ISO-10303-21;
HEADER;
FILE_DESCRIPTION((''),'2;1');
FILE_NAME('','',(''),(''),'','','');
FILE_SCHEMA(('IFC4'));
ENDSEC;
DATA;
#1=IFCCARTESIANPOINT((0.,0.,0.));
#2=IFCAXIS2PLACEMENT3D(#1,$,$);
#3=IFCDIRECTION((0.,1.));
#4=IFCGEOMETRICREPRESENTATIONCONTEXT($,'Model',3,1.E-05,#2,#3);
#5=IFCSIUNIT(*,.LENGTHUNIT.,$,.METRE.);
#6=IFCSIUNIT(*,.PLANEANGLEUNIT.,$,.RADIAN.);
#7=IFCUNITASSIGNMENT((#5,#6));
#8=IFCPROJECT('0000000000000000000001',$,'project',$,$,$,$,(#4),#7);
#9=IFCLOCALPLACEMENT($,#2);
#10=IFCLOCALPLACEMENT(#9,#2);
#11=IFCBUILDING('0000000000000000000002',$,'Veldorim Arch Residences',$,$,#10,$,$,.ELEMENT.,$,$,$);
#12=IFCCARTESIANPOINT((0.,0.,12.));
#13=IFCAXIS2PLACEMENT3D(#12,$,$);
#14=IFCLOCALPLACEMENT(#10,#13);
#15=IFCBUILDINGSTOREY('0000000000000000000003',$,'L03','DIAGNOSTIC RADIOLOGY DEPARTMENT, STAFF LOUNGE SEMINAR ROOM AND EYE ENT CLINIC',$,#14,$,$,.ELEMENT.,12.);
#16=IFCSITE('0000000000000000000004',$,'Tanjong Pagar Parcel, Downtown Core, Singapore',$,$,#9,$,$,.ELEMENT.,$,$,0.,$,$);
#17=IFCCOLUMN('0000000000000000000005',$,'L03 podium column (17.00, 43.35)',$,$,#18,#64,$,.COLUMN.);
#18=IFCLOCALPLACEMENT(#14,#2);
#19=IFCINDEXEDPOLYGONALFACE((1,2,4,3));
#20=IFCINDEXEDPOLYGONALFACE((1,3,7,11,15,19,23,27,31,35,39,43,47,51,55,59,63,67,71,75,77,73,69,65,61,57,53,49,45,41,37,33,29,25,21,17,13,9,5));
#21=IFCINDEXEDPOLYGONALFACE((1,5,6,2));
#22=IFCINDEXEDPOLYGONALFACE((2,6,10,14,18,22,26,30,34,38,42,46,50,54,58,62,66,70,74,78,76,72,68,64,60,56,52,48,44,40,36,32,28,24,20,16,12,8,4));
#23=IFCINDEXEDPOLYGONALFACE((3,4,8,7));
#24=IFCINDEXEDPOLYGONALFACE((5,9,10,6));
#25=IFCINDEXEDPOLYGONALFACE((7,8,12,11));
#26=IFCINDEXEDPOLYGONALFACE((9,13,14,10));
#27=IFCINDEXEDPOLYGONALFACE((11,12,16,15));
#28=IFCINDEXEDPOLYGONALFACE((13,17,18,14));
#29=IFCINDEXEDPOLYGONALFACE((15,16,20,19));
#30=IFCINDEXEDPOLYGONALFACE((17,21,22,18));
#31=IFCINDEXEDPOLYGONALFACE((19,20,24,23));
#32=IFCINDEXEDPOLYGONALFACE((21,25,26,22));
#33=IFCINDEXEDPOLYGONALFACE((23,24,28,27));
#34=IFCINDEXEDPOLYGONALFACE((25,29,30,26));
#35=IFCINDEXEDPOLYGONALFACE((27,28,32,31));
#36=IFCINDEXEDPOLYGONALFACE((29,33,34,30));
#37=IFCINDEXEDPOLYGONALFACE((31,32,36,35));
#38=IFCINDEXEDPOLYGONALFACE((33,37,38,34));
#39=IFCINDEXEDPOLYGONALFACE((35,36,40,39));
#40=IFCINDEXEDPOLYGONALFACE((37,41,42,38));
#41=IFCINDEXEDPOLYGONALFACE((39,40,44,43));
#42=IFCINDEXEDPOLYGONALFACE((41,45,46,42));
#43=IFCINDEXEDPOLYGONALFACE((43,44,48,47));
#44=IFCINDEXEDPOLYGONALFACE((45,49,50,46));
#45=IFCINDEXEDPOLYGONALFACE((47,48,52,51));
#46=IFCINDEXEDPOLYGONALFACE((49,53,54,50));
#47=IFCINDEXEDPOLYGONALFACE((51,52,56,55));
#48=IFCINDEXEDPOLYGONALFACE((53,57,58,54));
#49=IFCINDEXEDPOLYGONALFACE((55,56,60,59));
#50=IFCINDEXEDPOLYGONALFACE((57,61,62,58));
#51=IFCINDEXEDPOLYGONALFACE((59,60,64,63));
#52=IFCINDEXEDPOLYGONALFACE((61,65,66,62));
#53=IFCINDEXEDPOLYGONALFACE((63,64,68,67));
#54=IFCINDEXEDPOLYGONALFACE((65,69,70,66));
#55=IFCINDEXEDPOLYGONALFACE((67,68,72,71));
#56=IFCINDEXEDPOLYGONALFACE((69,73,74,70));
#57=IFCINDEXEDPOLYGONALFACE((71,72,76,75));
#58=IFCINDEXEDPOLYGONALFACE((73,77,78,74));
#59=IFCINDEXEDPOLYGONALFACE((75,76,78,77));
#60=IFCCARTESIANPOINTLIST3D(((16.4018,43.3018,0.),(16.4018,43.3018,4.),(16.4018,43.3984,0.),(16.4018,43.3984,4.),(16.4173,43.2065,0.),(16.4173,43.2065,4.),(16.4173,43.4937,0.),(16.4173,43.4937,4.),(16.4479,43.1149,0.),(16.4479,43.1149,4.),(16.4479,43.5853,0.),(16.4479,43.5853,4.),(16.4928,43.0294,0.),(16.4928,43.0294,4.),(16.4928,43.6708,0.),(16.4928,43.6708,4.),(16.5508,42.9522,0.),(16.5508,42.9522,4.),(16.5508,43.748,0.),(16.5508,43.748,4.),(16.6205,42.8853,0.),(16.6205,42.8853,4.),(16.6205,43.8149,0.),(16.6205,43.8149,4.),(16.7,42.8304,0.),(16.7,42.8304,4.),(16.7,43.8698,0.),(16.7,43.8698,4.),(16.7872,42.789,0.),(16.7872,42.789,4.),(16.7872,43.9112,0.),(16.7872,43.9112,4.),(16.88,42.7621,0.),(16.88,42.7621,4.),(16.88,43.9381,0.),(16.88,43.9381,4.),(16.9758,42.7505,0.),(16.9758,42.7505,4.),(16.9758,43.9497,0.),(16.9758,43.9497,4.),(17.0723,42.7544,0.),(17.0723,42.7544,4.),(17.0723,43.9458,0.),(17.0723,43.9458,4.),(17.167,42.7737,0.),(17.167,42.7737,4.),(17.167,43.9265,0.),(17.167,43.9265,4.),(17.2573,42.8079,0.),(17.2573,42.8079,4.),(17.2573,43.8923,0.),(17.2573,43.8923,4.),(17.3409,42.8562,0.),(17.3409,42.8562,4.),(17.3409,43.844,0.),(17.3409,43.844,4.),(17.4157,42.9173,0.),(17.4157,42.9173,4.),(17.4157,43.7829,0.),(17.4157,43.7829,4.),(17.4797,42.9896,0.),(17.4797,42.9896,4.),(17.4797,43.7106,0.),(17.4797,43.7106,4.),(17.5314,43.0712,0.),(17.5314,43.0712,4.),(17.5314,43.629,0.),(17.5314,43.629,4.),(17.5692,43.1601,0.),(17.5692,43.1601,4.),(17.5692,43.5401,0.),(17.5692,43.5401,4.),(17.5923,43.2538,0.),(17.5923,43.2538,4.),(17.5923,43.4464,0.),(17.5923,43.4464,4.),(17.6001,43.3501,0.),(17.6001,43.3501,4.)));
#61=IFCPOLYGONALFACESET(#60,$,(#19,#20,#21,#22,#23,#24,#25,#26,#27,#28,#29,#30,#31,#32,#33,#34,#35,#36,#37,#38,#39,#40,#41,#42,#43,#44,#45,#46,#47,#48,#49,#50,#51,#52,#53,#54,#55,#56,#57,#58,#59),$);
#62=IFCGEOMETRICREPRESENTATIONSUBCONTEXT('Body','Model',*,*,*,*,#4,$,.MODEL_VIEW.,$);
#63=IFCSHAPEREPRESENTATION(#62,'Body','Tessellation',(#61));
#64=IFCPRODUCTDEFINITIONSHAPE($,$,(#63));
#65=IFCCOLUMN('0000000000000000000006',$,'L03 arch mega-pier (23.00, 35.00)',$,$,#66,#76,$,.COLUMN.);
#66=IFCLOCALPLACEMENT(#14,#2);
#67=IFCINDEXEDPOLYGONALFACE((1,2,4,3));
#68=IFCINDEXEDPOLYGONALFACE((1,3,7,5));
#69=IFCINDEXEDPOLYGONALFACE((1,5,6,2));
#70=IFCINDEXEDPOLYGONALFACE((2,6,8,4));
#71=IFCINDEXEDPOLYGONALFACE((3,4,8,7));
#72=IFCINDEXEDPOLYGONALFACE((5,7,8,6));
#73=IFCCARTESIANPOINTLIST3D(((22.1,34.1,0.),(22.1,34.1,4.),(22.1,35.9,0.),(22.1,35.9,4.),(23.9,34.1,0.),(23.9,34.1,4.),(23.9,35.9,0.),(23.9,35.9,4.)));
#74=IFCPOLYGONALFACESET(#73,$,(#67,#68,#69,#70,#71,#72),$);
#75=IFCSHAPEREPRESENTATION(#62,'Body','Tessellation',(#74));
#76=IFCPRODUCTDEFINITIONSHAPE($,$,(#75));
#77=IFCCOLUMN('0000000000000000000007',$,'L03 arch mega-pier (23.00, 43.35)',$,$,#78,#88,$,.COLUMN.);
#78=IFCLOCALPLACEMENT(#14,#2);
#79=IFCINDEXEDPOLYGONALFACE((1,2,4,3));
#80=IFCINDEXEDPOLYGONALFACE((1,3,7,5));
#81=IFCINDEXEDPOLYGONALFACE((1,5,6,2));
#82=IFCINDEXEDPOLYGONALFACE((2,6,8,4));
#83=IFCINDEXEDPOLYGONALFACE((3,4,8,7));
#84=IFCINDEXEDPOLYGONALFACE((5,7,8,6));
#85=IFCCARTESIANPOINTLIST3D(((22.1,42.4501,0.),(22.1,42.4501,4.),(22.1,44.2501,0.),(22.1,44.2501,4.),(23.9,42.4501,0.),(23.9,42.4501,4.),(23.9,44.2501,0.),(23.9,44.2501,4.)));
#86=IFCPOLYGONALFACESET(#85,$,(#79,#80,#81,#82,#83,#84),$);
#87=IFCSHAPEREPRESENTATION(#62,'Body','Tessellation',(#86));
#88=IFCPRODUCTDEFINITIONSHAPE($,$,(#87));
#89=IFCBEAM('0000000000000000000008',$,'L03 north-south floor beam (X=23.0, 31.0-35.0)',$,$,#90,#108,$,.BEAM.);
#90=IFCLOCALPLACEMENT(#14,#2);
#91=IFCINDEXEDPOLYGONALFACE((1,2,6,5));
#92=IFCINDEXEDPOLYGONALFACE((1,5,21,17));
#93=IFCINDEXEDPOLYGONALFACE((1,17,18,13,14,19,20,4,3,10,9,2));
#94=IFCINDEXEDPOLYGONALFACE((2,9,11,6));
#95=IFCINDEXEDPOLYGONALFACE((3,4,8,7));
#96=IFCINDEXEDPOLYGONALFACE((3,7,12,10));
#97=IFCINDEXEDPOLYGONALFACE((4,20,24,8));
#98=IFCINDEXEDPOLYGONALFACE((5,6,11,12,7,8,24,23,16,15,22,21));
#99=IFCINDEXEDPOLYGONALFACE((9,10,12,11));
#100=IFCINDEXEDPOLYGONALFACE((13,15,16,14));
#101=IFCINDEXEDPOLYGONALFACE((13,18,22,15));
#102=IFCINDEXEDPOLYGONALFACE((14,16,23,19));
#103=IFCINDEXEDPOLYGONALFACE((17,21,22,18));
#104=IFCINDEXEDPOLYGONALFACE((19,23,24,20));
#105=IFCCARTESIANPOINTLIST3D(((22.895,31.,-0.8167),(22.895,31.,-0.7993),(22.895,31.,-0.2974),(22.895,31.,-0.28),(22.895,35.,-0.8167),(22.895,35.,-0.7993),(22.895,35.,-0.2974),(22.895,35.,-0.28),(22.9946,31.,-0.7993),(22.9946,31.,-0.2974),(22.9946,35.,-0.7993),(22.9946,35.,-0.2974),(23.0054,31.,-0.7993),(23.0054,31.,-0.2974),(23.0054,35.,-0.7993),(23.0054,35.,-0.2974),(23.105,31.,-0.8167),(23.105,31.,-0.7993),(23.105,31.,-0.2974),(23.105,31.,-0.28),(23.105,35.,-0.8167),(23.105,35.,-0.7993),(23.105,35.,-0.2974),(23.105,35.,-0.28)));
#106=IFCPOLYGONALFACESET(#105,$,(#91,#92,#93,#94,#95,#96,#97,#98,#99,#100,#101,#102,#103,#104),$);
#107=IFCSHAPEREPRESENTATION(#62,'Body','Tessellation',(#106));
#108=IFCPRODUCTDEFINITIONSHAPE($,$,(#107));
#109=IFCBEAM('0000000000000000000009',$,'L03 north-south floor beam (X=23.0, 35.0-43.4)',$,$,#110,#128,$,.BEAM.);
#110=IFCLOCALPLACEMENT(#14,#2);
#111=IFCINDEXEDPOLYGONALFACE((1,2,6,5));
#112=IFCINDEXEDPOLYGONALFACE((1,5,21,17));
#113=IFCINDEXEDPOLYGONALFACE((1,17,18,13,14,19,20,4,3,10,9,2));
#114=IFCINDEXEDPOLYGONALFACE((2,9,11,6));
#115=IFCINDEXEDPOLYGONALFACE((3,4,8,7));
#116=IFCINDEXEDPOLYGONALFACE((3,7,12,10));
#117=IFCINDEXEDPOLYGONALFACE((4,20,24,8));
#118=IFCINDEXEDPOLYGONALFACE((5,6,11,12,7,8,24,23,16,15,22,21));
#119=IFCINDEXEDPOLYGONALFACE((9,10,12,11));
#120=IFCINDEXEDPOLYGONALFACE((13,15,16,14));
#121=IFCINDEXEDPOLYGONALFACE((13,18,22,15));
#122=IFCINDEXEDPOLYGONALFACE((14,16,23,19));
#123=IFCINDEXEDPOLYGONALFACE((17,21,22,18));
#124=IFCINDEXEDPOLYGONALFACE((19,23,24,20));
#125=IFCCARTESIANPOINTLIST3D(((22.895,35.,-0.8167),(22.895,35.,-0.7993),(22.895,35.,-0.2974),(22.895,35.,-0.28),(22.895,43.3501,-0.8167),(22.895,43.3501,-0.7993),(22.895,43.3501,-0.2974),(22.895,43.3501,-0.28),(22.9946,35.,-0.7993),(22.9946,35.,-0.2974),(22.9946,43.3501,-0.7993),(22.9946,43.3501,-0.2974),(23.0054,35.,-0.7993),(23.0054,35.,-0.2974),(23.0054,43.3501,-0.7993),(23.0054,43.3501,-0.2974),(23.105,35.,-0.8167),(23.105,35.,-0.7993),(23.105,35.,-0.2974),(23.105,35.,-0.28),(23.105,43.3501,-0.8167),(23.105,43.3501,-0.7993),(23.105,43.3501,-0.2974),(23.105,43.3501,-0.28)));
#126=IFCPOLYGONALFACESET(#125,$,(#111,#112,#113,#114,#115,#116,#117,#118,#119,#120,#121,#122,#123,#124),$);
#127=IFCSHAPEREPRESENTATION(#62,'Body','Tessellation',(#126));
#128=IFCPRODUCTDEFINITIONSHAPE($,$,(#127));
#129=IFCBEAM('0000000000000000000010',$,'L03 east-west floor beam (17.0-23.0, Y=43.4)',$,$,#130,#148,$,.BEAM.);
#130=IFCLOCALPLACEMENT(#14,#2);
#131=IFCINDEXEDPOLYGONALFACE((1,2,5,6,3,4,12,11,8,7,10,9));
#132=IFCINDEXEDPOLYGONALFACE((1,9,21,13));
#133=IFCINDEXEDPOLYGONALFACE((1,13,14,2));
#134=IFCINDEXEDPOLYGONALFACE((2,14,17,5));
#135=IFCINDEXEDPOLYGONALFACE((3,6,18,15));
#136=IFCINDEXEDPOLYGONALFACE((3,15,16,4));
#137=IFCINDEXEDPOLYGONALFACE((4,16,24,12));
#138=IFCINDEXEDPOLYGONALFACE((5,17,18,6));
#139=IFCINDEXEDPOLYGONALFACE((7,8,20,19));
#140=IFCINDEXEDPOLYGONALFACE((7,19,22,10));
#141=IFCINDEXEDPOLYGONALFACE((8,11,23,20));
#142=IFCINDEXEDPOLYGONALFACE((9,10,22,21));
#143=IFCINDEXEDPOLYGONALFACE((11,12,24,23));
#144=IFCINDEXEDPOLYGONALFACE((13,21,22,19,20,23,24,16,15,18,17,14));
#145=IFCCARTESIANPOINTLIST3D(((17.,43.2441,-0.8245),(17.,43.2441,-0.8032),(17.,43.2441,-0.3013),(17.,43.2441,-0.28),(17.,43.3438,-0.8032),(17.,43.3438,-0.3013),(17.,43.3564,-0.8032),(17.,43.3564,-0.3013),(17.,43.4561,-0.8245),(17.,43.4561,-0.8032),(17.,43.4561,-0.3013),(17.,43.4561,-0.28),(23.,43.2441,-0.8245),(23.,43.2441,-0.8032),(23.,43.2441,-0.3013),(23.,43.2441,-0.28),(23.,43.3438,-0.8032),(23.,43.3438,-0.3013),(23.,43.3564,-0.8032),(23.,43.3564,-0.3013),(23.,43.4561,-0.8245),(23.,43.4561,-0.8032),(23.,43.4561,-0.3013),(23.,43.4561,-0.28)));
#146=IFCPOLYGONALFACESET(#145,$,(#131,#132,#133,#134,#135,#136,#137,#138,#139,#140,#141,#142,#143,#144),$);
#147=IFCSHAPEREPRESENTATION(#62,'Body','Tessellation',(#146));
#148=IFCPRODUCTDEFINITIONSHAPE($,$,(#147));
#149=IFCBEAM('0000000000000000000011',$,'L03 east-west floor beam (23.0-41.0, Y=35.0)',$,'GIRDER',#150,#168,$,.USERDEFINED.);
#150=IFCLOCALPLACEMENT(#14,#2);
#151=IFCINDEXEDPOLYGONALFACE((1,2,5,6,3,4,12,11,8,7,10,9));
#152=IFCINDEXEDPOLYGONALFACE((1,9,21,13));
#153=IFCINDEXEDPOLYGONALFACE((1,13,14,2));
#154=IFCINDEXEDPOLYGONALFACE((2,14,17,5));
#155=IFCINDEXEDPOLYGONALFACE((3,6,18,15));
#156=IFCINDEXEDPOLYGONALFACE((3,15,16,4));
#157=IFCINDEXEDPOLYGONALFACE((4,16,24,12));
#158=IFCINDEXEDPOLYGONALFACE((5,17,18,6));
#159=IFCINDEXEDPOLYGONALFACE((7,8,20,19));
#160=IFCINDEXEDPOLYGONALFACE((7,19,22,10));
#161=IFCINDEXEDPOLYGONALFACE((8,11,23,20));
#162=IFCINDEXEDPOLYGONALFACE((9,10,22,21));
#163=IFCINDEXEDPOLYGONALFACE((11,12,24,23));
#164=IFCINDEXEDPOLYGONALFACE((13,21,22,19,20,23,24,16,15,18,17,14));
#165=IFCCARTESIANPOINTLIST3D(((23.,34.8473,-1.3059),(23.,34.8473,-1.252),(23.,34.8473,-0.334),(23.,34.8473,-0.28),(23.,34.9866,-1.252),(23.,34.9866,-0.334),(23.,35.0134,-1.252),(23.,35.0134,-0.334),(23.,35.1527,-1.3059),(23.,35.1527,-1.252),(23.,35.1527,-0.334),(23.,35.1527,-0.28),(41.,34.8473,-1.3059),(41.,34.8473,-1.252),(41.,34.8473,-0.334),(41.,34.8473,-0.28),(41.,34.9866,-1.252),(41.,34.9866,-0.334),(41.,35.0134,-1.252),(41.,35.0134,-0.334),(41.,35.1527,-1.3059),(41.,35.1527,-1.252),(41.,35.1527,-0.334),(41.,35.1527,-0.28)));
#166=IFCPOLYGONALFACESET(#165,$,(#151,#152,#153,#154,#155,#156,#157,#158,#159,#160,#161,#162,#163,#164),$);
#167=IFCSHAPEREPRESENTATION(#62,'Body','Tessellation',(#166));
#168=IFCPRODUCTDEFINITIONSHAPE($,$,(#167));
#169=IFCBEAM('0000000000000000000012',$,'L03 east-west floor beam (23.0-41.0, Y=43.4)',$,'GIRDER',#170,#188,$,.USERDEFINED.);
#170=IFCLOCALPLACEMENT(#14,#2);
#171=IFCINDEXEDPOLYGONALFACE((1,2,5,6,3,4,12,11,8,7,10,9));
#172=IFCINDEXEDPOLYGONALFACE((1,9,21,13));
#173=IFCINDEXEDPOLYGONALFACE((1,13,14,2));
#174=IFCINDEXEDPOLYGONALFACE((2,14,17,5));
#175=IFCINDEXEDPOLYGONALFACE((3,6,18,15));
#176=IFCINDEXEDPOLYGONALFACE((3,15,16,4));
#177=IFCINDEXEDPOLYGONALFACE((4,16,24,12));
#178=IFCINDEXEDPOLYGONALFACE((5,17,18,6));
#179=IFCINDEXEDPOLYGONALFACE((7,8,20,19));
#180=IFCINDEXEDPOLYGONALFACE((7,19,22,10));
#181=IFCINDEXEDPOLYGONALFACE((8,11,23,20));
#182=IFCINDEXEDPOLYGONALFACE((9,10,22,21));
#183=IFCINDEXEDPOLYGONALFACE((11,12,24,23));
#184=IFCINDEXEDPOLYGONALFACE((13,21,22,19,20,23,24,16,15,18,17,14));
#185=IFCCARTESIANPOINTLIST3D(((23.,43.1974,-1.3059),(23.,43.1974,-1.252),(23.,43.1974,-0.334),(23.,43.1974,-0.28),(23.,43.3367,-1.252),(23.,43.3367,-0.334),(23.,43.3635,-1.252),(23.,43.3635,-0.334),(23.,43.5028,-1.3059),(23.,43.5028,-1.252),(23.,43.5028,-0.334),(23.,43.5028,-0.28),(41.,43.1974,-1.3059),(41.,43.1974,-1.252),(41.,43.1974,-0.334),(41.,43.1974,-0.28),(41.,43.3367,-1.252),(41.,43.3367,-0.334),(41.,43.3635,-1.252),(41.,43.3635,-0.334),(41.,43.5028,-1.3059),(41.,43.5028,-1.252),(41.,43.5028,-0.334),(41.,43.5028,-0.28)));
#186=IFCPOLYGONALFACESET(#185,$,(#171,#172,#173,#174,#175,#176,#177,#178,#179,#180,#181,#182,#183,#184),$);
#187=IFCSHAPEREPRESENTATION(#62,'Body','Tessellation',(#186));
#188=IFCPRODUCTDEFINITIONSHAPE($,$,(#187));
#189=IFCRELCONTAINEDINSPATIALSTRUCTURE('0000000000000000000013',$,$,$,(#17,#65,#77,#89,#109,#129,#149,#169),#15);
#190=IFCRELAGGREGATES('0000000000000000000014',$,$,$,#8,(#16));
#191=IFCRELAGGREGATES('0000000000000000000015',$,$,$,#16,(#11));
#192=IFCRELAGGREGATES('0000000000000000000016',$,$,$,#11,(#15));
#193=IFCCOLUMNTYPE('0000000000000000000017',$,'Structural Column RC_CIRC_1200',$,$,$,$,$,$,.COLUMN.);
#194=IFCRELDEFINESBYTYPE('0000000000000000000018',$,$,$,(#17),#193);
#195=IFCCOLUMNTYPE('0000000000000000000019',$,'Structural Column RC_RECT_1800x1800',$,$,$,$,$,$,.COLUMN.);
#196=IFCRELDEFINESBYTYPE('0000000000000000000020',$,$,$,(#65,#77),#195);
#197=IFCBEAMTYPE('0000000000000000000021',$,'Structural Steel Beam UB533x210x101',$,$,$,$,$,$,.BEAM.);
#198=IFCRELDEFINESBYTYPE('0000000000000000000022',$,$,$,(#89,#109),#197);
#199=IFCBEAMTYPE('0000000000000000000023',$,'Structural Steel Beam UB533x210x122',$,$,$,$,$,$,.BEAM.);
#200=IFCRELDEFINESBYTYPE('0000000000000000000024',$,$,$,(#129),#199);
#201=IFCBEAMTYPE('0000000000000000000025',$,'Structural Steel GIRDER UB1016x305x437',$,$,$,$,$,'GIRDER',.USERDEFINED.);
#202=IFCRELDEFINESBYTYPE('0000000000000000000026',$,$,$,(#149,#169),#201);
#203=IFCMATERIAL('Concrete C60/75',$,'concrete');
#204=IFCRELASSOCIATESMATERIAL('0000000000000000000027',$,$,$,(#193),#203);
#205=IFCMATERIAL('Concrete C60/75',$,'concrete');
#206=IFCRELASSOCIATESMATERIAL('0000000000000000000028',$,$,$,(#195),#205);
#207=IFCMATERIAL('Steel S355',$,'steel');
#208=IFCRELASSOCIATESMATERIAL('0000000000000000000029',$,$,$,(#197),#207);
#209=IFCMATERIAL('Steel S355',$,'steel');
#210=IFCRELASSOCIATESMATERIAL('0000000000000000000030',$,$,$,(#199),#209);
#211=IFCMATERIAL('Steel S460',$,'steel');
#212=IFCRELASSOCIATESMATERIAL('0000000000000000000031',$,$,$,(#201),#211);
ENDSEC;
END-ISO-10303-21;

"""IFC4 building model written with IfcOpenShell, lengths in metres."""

from ifc_helpers import new_model, si_unit, direction, frame, origin, origin_2d, place, context, subcontext, project, spatial, rectangle, circle, i_section, extrude, material, material_profile, profile_set, type_object, element, save


model = new_model("IFC4")

# Units and contexts
model_context = context("Model", 3, precision=1e-05, world=origin(), true_north=direction((0.0, 1.0)))
body_context = subcontext(model_context, "Body", "Model", "MODEL_VIEW")
ifc_project = project(units=[si_unit("LENGTHUNIT", "METRE"), si_unit("PLANEANGLEUNIT", "RADIAN")], contexts=[model_context])

# Site, building, storey
site_placement = place(None, origin())
site = spatial("IfcSite", under=ifc_project, at=site_placement, Name="Tanjong Pagar Parcel, Downtown Core, Singapore", CompositionType="ELEMENT", RefElevation=0.0)
building_placement = place(site_placement, origin())
building = spatial("IfcBuilding", under=site, at=building_placement, Name="Veldorim Arch Residences", CompositionType="ELEMENT")
storey_placement = place(building_placement, frame((0.0, 0.0, 12.0)))
storey = spatial("IfcBuildingStorey", under=building, at=storey_placement, Name="L03", Description="DIAGNOSTIC RADIOLOGY DEPARTMENT, STAFF LOUNGE SEMINAR ROOM AND EYE ENT CLINIC", CompositionType="ELEMENT", Elevation=12.0)

# Columns
ifc_material_1 = material(Name="Concrete C60/75", Category="concrete")
ifc_material_profile_1 = material_profile(ifc_material_1, circle(Radius=0.6001, at=origin_2d()), Name="RC_CIRC_1200")
ifc_profile_set_1 = profile_set([ifc_material_profile_1], Name="Concrete C60/75")
column_type_1 = type_object("IfcColumnType", Name="Structural Column RC_CIRC_1200", PredefinedType="COLUMN", material=ifc_profile_set_1)
column_placement = place(storey_placement, frame((17.0, 43.3501, 0.0), z_axis=(0.0, 0.0, 1.0), x_axis=(1.0, 0.0, 0.0)))
element("IfcColumn", 1, at=column_placement, inside=storey, type_object=column_type_1, Name="L03 podium column (17.00, 43.35)", PredefinedType="COLUMN", context=body_context, shape_type="SweptSolid", body=[
    extrude(circle(Radius=0.6001, at=origin_2d()), origin(), (0.0, 0.0, 1.0), 4.0),
])
ifc_material_2 = material(Name="Concrete C60/75", Category="concrete")
ifc_material_profile_2 = material_profile(ifc_material_2, rectangle(XDim=1.8, YDim=1.8, at=origin_2d()), Name="RC_RECT_1800x1800")
ifc_profile_set_2 = profile_set([ifc_material_profile_2], Name="Concrete C60/75")
column_type_2 = type_object("IfcColumnType", Name="Structural Column RC_RECT_1800x1800", PredefinedType="COLUMN", material=ifc_profile_set_2)
for number, where, z_axis, x_axis, name in (
    (2, (23.0, 35.0, 0.0), (0.0, 0.0, 1.0), (1.0, 0.0, 0.0), "L03 arch mega-pier (23.00, 35.00)"),
    (3, (23.0, 43.3501, 0.0), (0.0, 0.0, 1.0), (1.0, 0.0, 0.0), "L03 arch mega-pier (23.00, 43.35)"),
):
    element("IfcColumn", number, at=place(storey_placement, frame(where, z_axis=z_axis, x_axis=x_axis)), inside=storey, type_object=column_type_2, Name=name, PredefinedType="COLUMN", context=body_context, shape_type="SweptSolid", body=[
        extrude(rectangle(XDim=1.8, YDim=1.8, at=origin_2d()), origin(), (0.0, 0.0, 1.0), 4.0),
    ])

# Beams
ifc_material_3 = material(Name="Steel S355", Category="steel")
ifc_material_profile_3 = material_profile(ifc_material_3, i_section(OverallWidth=0.21, OverallDepth=0.5366, WebThickness=0.0107, FlangeThickness=0.0173, at=origin_2d()), Name="UB533x210x101")
ifc_profile_set_3 = profile_set([ifc_material_profile_3], Name="Steel S355")
beam_type_1 = type_object("IfcBeamType", Name="Structural Steel Beam UB533x210x101", PredefinedType="BEAM", material=ifc_profile_set_3)
beam_1_placement = place(storey_placement, frame((23.0, 31.0, -0.5483), z_axis=(0.0, 1.0, 0.0), x_axis=(-1.0, 0.0, 0.0)))
element("IfcBeam", 4, at=beam_1_placement, inside=storey, type_object=beam_type_1, Name="L03 north-south floor beam (X=23.0, 31.0-35.0)", PredefinedType="BEAM", context=body_context, shape_type="SweptSolid", body=[
    extrude(i_section(OverallWidth=0.21, OverallDepth=0.5366, WebThickness=0.0107, FlangeThickness=0.0173, at=origin_2d()), origin(), (0.0, 0.0, 1.0), 4.0),
])
beam_2_placement = place(storey_placement, frame((23.0, 35.0, -0.5483), z_axis=(0.0, 1.0, 0.0), x_axis=(-1.0, 0.0, 0.0)))
element("IfcBeam", 5, at=beam_2_placement, inside=storey, type_object=beam_type_1, Name="L03 north-south floor beam (X=23.0, 35.0-43.4)", PredefinedType="BEAM", context=body_context, shape_type="SweptSolid", body=[
    extrude(i_section(OverallWidth=0.21, OverallDepth=0.5366, WebThickness=0.0107, FlangeThickness=0.0173, at=origin_2d()), origin(), (0.0, 0.0, 1.0), 8.3501),
])
ifc_material_4 = material(Name="Steel S355", Category="steel")
ifc_material_profile_4 = material_profile(ifc_material_4, i_section(OverallWidth=0.2119, OverallDepth=0.5444, WebThickness=0.0127, FlangeThickness=0.0212, at=origin_2d()), Name="UB533x210x122")
ifc_profile_set_4 = profile_set([ifc_material_profile_4], Name="Steel S355")
beam_type_2 = type_object("IfcBeamType", Name="Structural Steel Beam UB533x210x122", PredefinedType="BEAM", material=ifc_profile_set_4)
beam_3_placement = place(storey_placement, frame((17.0, 43.3501, -0.5522), z_axis=(1.0, 0.0, 0.0), x_axis=(0.0, 1.0, 0.0)))
element("IfcBeam", 6, at=beam_3_placement, inside=storey, type_object=beam_type_2, Name="L03 east-west floor beam (17.0-23.0, Y=43.4)", PredefinedType="BEAM", context=body_context, shape_type="SweptSolid", body=[
    extrude(i_section(OverallWidth=0.2119, OverallDepth=0.5444, WebThickness=0.0127, FlangeThickness=0.0212, at=origin_2d()), origin(), (0.0, 0.0, 1.0), 6.0),
])
ifc_material_5 = material(Name="Steel S460", Category="steel")
ifc_material_profile_5 = material_profile(ifc_material_5, i_section(OverallWidth=0.3054, OverallDepth=1.0259, WebThickness=0.0269, FlangeThickness=0.054, at=origin_2d()), Name="UB1016x305x437")
ifc_profile_set_5 = profile_set([ifc_material_profile_5], Name="Steel S460")
beam_type_3 = type_object("IfcBeamType", Name="Structural Steel GIRDER UB1016x305x437", ElementType="GIRDER", PredefinedType="USERDEFINED", material=ifc_profile_set_5)
for number, where, z_axis, x_axis, name in (
    (7, (23.0, 35.0, -0.793), (1.0, 0.0, 0.0), (0.0, 1.0, 0.0), "L03 east-west floor beam (23.0-41.0, Y=35.0)"),
    (8, (23.0, 43.3501, -0.793), (1.0, 0.0, 0.0), (0.0, 1.0, 0.0), "L03 east-west floor beam (23.0-41.0, Y=43.4)"),
):
    element("IfcBeam", number, at=place(storey_placement, frame(where, z_axis=z_axis, x_axis=x_axis)), inside=storey, type_object=beam_type_3, Name=name, ObjectType="GIRDER", PredefinedType="USERDEFINED", context=body_context, shape_type="SweptSolid", body=[
        extrude(i_section(OverallWidth=0.3054, OverallDepth=1.0259, WebThickness=0.0269, FlangeThickness=0.054, at=origin_2d()), origin(), (0.0, 0.0, 1.0), 18.0),
    ])

save(model, "model.ifc")
